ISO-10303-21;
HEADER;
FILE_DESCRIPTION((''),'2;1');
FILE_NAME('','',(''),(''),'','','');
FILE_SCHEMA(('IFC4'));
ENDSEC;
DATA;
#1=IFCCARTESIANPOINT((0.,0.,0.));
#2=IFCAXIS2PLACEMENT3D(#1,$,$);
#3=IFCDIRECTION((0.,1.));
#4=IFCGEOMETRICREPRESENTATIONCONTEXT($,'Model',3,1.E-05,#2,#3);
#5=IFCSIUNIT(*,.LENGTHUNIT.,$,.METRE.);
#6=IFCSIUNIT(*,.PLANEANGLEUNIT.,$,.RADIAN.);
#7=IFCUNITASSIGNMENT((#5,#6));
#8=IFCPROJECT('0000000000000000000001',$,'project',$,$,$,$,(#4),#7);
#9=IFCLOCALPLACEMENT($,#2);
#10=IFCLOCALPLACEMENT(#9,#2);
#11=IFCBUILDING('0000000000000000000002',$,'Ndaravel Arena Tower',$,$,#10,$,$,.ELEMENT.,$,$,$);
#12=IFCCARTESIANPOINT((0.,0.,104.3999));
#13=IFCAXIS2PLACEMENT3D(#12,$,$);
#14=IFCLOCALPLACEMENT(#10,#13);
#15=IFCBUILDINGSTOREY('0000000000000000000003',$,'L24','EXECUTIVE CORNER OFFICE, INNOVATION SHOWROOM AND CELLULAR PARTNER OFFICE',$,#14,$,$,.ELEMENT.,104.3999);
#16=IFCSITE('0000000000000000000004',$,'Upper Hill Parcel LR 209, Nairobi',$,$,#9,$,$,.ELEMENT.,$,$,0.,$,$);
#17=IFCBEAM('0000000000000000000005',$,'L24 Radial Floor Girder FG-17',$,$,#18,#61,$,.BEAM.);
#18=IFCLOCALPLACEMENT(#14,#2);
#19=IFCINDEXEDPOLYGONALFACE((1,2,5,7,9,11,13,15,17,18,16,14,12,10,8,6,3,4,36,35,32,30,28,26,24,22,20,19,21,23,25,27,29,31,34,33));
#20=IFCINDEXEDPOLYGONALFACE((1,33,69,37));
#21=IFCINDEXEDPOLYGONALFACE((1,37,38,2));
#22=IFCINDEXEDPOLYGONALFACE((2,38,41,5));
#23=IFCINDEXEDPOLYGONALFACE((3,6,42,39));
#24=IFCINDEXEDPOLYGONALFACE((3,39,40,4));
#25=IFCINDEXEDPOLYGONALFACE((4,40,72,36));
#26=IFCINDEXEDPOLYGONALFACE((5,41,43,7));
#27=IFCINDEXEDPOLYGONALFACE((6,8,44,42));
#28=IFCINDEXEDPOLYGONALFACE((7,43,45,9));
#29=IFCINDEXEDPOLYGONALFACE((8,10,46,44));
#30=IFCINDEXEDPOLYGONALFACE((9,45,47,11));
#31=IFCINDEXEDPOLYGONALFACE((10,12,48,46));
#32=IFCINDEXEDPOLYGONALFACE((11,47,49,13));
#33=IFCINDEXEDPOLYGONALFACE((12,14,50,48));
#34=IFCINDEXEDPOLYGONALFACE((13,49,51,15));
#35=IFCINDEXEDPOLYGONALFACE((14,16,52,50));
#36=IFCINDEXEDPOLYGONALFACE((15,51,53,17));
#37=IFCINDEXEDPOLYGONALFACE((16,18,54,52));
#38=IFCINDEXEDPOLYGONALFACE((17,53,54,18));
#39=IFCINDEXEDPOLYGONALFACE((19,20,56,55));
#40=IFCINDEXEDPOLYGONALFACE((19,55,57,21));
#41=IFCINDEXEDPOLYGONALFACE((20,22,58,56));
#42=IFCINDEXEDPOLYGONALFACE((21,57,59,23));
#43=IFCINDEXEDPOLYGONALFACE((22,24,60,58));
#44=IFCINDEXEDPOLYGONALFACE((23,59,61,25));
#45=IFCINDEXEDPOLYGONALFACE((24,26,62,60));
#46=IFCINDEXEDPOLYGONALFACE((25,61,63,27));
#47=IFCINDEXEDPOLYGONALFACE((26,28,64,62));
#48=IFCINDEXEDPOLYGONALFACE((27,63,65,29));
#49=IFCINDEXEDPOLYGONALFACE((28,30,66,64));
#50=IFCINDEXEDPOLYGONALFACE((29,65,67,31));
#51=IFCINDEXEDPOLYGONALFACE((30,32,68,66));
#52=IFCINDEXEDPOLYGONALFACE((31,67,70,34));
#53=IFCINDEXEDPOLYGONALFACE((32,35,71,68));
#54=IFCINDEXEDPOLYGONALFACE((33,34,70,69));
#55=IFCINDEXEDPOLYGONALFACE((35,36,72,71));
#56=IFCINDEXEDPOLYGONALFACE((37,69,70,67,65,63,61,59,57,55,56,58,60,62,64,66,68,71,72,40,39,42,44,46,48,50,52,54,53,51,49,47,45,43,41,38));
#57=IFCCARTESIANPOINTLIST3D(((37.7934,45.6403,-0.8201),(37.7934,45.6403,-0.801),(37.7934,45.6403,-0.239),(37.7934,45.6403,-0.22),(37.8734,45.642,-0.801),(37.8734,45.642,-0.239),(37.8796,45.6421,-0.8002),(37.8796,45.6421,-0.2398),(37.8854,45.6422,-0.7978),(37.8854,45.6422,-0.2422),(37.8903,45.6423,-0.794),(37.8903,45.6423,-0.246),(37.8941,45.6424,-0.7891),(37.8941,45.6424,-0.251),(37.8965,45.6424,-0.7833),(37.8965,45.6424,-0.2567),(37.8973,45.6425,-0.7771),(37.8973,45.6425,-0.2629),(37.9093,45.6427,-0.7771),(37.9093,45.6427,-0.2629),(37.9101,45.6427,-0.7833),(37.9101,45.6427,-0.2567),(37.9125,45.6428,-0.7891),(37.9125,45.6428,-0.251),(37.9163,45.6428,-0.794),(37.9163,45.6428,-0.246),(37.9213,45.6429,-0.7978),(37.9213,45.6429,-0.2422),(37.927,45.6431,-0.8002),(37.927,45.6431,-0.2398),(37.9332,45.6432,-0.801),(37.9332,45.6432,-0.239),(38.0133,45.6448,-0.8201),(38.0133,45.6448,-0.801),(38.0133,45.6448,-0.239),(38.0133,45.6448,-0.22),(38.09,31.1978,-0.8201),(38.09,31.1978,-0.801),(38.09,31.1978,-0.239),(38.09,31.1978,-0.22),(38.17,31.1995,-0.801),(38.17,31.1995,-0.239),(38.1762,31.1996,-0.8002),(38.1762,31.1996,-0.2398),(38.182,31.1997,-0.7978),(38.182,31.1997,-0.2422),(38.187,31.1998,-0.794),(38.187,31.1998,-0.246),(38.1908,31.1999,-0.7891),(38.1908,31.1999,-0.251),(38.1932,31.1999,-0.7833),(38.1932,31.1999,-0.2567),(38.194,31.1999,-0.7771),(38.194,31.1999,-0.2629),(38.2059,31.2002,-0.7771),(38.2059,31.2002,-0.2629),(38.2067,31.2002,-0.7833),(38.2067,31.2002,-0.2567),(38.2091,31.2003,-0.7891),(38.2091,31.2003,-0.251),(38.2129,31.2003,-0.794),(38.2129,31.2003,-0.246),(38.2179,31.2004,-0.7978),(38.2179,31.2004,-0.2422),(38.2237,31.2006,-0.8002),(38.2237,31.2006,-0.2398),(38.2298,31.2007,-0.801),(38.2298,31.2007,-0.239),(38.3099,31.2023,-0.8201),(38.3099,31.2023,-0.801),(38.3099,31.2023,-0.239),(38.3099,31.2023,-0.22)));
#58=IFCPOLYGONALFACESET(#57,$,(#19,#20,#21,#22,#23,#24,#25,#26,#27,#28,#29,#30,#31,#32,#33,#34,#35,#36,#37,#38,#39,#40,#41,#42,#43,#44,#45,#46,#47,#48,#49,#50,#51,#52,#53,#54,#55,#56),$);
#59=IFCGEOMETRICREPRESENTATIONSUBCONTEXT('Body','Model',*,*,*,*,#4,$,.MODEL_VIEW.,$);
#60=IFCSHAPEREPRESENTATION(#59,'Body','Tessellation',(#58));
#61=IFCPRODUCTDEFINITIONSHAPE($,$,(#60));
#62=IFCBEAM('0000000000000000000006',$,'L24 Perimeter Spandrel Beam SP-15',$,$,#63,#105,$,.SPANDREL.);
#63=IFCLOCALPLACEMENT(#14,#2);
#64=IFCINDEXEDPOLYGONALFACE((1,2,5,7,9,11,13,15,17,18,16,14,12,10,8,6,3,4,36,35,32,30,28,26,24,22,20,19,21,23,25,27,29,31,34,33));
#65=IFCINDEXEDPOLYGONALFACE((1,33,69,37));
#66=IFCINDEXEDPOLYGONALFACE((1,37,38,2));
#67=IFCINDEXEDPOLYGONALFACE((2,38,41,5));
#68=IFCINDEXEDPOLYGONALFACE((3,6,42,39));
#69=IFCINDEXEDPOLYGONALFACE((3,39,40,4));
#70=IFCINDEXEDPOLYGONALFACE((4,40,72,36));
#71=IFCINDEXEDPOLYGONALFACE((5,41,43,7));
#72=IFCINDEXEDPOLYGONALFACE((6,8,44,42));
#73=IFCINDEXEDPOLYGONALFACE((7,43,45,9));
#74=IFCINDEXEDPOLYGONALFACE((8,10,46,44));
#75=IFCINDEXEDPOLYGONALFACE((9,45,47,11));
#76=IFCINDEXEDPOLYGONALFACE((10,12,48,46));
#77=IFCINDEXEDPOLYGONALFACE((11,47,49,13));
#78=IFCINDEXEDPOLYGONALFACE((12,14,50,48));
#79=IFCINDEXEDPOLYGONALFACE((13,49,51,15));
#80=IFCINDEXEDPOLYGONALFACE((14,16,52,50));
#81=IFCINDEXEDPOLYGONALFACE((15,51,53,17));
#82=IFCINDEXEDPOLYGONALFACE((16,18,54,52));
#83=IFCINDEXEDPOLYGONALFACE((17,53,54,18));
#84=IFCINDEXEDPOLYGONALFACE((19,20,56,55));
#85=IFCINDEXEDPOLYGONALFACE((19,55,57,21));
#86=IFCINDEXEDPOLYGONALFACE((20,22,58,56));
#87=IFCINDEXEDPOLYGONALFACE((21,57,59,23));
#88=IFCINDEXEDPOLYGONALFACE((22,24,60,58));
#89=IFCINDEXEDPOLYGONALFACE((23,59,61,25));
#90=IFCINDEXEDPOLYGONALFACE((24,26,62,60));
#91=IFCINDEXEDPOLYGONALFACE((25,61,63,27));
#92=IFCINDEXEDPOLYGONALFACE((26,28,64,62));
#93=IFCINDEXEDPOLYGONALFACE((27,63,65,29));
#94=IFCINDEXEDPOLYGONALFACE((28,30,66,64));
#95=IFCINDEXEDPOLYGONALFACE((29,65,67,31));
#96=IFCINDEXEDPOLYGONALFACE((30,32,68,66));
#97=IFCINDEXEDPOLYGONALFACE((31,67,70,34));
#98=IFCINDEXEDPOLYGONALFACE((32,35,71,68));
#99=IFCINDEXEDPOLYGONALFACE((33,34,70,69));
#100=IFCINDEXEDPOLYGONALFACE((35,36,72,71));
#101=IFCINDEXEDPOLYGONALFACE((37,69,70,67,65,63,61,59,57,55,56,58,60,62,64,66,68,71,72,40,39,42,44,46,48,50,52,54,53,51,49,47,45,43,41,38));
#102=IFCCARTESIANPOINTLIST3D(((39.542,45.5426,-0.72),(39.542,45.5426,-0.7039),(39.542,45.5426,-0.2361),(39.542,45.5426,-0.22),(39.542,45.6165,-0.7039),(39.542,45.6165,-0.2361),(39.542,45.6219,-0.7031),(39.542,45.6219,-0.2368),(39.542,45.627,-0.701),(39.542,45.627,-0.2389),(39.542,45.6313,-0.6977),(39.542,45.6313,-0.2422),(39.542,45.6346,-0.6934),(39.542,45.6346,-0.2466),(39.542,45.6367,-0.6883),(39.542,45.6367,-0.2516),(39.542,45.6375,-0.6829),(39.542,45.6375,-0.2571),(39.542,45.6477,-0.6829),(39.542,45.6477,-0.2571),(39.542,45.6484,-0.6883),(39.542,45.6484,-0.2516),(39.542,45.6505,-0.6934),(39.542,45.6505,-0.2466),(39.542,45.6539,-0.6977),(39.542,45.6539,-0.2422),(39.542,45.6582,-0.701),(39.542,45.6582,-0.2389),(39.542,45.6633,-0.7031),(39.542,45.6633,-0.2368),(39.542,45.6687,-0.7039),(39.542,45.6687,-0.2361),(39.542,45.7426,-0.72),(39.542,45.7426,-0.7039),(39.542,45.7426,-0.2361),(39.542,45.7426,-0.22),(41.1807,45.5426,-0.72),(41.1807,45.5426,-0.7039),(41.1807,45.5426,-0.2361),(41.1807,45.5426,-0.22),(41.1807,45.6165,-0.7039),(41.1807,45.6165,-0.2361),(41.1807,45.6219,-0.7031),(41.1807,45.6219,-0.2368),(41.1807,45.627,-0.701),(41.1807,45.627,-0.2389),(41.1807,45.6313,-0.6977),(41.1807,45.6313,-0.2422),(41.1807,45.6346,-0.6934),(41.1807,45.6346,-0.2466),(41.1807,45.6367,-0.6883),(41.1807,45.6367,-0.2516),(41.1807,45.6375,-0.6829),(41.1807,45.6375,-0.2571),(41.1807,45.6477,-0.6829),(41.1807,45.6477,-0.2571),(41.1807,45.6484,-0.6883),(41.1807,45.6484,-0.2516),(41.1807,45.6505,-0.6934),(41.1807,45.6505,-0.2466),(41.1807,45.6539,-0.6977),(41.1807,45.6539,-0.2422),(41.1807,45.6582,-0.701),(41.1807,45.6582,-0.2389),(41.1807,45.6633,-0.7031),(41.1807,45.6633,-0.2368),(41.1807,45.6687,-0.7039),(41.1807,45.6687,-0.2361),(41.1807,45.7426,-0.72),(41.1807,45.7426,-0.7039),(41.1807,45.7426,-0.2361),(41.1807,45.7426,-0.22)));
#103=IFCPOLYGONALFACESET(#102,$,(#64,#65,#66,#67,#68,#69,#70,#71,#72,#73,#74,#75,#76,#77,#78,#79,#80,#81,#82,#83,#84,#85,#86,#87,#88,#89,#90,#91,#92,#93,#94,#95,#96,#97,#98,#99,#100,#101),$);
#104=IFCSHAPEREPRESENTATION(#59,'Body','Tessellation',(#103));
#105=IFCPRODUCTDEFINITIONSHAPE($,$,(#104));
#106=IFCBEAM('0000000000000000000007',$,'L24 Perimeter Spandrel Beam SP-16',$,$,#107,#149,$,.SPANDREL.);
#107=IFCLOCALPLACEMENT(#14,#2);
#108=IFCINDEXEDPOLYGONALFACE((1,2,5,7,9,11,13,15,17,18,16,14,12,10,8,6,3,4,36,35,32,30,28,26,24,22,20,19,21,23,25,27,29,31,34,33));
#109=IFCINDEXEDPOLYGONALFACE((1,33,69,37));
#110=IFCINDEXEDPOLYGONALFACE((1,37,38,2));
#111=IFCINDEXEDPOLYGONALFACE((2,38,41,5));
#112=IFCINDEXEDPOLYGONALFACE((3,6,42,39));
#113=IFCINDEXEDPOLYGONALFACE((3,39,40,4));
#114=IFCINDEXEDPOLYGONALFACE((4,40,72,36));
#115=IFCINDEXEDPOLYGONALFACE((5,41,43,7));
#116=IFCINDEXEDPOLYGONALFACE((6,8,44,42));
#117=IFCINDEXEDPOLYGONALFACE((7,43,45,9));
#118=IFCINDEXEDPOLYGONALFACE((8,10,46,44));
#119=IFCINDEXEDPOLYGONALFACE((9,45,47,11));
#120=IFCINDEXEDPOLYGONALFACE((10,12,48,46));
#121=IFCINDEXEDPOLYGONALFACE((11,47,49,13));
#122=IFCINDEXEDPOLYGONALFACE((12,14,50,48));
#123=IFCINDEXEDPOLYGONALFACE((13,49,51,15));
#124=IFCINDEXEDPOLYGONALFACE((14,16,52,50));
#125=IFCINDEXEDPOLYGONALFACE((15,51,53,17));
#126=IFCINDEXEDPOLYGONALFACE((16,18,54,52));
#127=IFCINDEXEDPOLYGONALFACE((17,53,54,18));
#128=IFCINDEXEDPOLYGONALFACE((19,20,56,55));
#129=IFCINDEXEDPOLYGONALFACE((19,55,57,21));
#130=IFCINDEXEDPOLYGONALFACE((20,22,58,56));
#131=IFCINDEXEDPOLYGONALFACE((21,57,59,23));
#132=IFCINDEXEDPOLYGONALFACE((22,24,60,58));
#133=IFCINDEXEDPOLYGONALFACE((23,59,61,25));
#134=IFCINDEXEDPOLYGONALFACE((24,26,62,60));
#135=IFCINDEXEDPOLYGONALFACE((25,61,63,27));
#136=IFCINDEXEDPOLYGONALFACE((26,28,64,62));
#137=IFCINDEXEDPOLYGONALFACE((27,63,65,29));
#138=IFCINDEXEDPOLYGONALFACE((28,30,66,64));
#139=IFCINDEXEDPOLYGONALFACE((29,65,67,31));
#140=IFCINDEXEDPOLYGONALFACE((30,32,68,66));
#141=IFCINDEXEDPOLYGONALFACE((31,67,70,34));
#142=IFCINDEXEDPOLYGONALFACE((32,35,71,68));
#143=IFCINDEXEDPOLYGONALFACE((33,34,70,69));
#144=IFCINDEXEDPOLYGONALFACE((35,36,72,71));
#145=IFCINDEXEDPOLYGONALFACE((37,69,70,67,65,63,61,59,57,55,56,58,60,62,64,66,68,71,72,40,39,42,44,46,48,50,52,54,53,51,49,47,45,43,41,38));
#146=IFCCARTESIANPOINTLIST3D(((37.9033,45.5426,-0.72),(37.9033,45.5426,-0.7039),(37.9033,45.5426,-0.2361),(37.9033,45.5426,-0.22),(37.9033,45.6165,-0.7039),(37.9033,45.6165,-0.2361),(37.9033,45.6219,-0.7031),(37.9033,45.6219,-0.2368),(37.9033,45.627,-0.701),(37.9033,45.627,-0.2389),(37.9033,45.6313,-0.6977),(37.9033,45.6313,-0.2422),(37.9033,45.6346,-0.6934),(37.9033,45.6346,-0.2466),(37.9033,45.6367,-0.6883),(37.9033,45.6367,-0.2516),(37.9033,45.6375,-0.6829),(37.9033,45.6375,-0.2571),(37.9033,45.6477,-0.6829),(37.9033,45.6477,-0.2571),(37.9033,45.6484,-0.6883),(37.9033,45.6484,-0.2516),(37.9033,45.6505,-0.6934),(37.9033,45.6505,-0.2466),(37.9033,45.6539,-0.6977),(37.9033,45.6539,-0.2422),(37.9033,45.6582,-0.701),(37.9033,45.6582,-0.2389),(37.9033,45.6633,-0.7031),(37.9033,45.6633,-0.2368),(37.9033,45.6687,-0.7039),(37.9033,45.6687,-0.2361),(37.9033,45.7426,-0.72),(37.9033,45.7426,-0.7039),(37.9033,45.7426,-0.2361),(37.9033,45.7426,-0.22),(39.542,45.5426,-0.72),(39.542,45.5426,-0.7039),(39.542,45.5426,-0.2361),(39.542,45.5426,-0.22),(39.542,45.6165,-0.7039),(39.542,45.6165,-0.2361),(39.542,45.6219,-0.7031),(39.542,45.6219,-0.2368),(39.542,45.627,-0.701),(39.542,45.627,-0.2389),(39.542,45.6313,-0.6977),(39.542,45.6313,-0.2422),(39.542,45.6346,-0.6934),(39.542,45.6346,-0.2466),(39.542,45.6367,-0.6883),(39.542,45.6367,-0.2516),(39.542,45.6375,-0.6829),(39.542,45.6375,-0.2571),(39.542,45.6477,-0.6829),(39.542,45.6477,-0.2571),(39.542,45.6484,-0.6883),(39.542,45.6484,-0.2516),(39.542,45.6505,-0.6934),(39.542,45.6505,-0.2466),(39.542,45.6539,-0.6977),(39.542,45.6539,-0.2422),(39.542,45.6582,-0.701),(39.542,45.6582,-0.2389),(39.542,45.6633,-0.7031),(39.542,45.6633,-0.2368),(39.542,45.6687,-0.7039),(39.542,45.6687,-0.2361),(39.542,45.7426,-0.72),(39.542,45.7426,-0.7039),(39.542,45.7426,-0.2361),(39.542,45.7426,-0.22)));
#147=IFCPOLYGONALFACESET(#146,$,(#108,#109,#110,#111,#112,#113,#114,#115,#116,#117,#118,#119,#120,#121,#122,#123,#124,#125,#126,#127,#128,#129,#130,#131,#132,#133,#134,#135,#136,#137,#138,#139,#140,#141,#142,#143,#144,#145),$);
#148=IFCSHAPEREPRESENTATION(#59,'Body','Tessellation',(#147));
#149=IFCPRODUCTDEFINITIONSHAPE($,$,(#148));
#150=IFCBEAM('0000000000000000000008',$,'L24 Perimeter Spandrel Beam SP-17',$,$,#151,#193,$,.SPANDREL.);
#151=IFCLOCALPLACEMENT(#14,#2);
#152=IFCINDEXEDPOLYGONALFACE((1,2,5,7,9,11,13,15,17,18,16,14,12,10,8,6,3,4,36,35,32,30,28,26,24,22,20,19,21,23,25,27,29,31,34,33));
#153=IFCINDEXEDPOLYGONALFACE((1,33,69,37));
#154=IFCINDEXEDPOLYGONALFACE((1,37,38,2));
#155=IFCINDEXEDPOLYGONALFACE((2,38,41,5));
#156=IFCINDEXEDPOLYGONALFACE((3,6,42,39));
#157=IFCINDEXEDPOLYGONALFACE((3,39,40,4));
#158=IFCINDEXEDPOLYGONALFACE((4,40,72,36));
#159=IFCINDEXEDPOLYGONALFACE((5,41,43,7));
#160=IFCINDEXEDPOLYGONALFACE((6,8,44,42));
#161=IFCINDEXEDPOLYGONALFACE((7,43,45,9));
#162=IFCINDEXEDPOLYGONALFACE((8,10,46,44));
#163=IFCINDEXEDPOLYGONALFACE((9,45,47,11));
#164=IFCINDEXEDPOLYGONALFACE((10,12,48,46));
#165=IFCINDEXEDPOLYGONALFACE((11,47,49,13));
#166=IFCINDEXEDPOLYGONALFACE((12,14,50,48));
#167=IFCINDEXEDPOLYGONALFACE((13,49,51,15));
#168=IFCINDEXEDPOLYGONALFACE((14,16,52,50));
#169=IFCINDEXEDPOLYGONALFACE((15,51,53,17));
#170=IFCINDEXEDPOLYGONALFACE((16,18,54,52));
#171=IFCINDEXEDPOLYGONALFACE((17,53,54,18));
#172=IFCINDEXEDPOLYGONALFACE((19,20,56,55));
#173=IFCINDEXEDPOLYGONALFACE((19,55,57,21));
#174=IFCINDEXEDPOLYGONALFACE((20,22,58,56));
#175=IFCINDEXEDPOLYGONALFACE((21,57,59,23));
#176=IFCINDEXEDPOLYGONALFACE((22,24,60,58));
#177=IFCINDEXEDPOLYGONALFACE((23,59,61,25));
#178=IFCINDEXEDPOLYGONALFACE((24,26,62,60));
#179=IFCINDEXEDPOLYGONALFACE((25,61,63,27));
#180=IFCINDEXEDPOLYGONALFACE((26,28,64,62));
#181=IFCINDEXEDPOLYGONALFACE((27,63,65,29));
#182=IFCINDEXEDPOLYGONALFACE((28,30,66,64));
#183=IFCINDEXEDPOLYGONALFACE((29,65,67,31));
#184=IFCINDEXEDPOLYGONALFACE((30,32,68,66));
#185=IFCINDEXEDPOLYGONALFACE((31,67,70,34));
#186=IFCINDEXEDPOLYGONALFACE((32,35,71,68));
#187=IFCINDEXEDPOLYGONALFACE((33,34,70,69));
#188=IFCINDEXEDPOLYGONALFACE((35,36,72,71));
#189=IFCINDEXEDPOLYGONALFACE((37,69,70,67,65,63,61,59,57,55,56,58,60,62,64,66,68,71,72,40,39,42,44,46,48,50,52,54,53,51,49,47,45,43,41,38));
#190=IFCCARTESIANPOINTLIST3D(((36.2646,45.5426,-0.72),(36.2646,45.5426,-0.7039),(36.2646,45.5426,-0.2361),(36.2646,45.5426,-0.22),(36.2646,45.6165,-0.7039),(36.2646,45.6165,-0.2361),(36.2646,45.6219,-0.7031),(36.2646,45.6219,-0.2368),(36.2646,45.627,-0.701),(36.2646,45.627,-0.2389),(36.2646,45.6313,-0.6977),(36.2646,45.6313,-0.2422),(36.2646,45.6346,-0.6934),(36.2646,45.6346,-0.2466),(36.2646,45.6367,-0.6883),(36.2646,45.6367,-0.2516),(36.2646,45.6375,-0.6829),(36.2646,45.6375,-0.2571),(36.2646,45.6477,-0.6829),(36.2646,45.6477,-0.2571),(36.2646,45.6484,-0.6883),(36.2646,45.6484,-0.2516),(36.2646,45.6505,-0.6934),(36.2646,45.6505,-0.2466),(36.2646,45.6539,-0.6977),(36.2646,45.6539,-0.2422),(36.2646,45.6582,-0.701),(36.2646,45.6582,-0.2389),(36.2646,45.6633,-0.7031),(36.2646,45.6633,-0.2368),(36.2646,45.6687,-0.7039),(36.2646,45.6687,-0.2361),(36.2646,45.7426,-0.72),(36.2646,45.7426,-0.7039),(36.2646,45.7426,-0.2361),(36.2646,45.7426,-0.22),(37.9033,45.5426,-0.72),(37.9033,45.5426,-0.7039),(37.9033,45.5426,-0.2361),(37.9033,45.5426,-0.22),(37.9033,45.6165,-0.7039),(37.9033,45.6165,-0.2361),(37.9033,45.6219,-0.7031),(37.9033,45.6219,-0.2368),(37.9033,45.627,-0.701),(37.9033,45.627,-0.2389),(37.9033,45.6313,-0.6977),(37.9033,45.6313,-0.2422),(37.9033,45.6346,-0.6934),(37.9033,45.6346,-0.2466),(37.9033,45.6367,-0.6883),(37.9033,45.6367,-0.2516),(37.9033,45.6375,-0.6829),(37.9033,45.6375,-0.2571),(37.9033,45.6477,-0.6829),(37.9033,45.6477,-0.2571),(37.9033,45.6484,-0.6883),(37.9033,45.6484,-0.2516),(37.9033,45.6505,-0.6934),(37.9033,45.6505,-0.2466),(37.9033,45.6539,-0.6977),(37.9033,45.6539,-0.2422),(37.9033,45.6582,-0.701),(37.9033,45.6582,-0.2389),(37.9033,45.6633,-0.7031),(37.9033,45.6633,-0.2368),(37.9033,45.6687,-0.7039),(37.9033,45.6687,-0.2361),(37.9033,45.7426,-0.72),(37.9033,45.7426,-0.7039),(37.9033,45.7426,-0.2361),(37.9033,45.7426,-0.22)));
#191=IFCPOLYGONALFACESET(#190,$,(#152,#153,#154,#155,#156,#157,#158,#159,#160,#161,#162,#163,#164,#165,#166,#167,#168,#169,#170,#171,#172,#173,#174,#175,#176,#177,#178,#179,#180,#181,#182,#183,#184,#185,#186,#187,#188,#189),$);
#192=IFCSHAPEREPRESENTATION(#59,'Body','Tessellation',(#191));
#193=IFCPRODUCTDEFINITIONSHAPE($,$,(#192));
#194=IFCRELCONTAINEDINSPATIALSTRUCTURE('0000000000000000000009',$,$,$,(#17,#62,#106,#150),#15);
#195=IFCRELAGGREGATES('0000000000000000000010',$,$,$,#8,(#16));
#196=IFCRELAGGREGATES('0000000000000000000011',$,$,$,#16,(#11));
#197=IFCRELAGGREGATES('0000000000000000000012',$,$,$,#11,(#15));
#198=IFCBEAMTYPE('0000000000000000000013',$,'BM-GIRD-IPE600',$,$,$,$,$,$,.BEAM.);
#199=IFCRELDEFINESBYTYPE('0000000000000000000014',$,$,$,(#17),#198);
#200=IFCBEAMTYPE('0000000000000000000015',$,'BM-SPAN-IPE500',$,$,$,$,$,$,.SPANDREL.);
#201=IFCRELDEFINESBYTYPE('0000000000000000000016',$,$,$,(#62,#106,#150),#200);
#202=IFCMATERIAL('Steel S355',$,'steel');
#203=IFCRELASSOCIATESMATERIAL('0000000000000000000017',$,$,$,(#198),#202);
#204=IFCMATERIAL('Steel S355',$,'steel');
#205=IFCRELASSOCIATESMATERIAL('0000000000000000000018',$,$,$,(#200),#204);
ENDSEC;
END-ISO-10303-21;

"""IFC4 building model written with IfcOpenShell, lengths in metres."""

from ifc_helpers import new_model, si_unit, direction, frame, origin, origin_2d, place, context, subcontext, project, spatial, i_section, extrude, material, material_profile, profile_set, type_object, element, save


model = new_model("IFC4")

# Units and contexts
model_context = context("Model", 3, precision=1e-05, world=origin(), true_north=direction((0.0, 1.0)))
body_context = subcontext(model_context, "Body", "Model", "MODEL_VIEW")
ifc_project = project(units=[si_unit("LENGTHUNIT", "METRE"), si_unit("PLANEANGLEUNIT", "RADIAN")], contexts=[model_context])

# Site, building, storey
site_placement = place(None, origin())
site = spatial("IfcSite", under=ifc_project, at=site_placement, Name="Upper Hill Parcel LR 209, Nairobi", CompositionType="ELEMENT", RefElevation=0.0)
building_placement = place(site_placement, origin())
building = spatial("IfcBuilding", under=site, at=building_placement, Name="Ndaravel Arena Tower", CompositionType="ELEMENT")
storey_placement = place(building_placement, frame((0.0, 0.0, 104.3999)))
storey = spatial("IfcBuildingStorey", under=building, at=storey_placement, Name="L24", Description="EXECUTIVE CORNER OFFICE, INNOVATION SHOWROOM AND CELLULAR PARTNER OFFICE", CompositionType="ELEMENT", Elevation=104.3999)

# Beams
ifc_material_1 = material(Name="Steel S355", Category="steel")
ifc_material_profile_1 = material_profile(ifc_material_1, i_section(OverallWidth=0.22, OverallDepth=0.6001, WebThickness=0.012, FlangeThickness=0.019, FilletRadius=0.0239, at=origin_2d()), Name="IPE 600")
ifc_profile_set_1 = profile_set([ifc_material_profile_1], Name="Steel S355")
beam_type_1 = type_object("IfcBeamType", Name="BM-GIRD-IPE600", PredefinedType="BEAM", material=ifc_profile_set_1)
beam_1_placement = place(storey_placement, frame((37.9033, 45.6426, -0.52), z_axis=(0.020534, -0.999789, 0.0), x_axis=(0.999789, 0.020534, 0.0)))
element("IfcBeam", 1, at=beam_1_placement, inside=storey, type_object=beam_type_1, Name="L24 Radial Floor Girder FG-17", PredefinedType="BEAM", context=body_context, shape_type="SweptSolid", body=[
    extrude(i_section(OverallWidth=0.22, OverallDepth=0.6001, WebThickness=0.012, FlangeThickness=0.019, FilletRadius=0.0239, at=origin_2d()), origin(), (0.0, 0.0, 1.0), 14.4456),
])
ifc_material_2 = material(Name="Steel S355", Category="steel")
ifc_material_profile_2 = material_profile(ifc_material_2, i_section(OverallWidth=0.2, OverallDepth=0.5, WebThickness=0.0103, FlangeThickness=0.0161, FilletRadius=0.021, at=origin_2d()), Name="IPE 500")
ifc_profile_set_2 = profile_set([ifc_material_profile_2], Name="Steel S355")
beam_type_2 = type_object("IfcBeamType", Name="BM-SPAN-IPE500", PredefinedType="SPANDREL", material=ifc_profile_set_2)
for number, where, z_axis, x_axis, name in (
    (2, (41.1807, 45.6426, -0.47), (-1.0, 0.0, 0.0), (0.0, -1.0, 0.0), "L24 Perimeter Spandrel Beam SP-15"),
    (3, (39.542, 45.6426, -0.47), (-1.0, 0.0, 0.0), (0.0, -1.0, 0.0), "L24 Perimeter Spandrel Beam SP-16"),
    (4, (37.9033, 45.6426, -0.47), (-1.0, 0.0, 0.0), (0.0, -1.0, 0.0), "L24 Perimeter Spandrel Beam SP-17"),
):
    element("IfcBeam", number, at=place(storey_placement, frame(where, z_axis=z_axis, x_axis=x_axis)), inside=storey, type_object=beam_type_2, Name=name, PredefinedType="SPANDREL", context=body_context, shape_type="SweptSolid", body=[
        extrude(i_section(OverallWidth=0.2, OverallDepth=0.5, WebThickness=0.0103, FlangeThickness=0.0161, FilletRadius=0.021, at=origin_2d()), origin(), (0.0, 0.0, 1.0), 1.6387),
    ])

save(model, "model.ifc")
